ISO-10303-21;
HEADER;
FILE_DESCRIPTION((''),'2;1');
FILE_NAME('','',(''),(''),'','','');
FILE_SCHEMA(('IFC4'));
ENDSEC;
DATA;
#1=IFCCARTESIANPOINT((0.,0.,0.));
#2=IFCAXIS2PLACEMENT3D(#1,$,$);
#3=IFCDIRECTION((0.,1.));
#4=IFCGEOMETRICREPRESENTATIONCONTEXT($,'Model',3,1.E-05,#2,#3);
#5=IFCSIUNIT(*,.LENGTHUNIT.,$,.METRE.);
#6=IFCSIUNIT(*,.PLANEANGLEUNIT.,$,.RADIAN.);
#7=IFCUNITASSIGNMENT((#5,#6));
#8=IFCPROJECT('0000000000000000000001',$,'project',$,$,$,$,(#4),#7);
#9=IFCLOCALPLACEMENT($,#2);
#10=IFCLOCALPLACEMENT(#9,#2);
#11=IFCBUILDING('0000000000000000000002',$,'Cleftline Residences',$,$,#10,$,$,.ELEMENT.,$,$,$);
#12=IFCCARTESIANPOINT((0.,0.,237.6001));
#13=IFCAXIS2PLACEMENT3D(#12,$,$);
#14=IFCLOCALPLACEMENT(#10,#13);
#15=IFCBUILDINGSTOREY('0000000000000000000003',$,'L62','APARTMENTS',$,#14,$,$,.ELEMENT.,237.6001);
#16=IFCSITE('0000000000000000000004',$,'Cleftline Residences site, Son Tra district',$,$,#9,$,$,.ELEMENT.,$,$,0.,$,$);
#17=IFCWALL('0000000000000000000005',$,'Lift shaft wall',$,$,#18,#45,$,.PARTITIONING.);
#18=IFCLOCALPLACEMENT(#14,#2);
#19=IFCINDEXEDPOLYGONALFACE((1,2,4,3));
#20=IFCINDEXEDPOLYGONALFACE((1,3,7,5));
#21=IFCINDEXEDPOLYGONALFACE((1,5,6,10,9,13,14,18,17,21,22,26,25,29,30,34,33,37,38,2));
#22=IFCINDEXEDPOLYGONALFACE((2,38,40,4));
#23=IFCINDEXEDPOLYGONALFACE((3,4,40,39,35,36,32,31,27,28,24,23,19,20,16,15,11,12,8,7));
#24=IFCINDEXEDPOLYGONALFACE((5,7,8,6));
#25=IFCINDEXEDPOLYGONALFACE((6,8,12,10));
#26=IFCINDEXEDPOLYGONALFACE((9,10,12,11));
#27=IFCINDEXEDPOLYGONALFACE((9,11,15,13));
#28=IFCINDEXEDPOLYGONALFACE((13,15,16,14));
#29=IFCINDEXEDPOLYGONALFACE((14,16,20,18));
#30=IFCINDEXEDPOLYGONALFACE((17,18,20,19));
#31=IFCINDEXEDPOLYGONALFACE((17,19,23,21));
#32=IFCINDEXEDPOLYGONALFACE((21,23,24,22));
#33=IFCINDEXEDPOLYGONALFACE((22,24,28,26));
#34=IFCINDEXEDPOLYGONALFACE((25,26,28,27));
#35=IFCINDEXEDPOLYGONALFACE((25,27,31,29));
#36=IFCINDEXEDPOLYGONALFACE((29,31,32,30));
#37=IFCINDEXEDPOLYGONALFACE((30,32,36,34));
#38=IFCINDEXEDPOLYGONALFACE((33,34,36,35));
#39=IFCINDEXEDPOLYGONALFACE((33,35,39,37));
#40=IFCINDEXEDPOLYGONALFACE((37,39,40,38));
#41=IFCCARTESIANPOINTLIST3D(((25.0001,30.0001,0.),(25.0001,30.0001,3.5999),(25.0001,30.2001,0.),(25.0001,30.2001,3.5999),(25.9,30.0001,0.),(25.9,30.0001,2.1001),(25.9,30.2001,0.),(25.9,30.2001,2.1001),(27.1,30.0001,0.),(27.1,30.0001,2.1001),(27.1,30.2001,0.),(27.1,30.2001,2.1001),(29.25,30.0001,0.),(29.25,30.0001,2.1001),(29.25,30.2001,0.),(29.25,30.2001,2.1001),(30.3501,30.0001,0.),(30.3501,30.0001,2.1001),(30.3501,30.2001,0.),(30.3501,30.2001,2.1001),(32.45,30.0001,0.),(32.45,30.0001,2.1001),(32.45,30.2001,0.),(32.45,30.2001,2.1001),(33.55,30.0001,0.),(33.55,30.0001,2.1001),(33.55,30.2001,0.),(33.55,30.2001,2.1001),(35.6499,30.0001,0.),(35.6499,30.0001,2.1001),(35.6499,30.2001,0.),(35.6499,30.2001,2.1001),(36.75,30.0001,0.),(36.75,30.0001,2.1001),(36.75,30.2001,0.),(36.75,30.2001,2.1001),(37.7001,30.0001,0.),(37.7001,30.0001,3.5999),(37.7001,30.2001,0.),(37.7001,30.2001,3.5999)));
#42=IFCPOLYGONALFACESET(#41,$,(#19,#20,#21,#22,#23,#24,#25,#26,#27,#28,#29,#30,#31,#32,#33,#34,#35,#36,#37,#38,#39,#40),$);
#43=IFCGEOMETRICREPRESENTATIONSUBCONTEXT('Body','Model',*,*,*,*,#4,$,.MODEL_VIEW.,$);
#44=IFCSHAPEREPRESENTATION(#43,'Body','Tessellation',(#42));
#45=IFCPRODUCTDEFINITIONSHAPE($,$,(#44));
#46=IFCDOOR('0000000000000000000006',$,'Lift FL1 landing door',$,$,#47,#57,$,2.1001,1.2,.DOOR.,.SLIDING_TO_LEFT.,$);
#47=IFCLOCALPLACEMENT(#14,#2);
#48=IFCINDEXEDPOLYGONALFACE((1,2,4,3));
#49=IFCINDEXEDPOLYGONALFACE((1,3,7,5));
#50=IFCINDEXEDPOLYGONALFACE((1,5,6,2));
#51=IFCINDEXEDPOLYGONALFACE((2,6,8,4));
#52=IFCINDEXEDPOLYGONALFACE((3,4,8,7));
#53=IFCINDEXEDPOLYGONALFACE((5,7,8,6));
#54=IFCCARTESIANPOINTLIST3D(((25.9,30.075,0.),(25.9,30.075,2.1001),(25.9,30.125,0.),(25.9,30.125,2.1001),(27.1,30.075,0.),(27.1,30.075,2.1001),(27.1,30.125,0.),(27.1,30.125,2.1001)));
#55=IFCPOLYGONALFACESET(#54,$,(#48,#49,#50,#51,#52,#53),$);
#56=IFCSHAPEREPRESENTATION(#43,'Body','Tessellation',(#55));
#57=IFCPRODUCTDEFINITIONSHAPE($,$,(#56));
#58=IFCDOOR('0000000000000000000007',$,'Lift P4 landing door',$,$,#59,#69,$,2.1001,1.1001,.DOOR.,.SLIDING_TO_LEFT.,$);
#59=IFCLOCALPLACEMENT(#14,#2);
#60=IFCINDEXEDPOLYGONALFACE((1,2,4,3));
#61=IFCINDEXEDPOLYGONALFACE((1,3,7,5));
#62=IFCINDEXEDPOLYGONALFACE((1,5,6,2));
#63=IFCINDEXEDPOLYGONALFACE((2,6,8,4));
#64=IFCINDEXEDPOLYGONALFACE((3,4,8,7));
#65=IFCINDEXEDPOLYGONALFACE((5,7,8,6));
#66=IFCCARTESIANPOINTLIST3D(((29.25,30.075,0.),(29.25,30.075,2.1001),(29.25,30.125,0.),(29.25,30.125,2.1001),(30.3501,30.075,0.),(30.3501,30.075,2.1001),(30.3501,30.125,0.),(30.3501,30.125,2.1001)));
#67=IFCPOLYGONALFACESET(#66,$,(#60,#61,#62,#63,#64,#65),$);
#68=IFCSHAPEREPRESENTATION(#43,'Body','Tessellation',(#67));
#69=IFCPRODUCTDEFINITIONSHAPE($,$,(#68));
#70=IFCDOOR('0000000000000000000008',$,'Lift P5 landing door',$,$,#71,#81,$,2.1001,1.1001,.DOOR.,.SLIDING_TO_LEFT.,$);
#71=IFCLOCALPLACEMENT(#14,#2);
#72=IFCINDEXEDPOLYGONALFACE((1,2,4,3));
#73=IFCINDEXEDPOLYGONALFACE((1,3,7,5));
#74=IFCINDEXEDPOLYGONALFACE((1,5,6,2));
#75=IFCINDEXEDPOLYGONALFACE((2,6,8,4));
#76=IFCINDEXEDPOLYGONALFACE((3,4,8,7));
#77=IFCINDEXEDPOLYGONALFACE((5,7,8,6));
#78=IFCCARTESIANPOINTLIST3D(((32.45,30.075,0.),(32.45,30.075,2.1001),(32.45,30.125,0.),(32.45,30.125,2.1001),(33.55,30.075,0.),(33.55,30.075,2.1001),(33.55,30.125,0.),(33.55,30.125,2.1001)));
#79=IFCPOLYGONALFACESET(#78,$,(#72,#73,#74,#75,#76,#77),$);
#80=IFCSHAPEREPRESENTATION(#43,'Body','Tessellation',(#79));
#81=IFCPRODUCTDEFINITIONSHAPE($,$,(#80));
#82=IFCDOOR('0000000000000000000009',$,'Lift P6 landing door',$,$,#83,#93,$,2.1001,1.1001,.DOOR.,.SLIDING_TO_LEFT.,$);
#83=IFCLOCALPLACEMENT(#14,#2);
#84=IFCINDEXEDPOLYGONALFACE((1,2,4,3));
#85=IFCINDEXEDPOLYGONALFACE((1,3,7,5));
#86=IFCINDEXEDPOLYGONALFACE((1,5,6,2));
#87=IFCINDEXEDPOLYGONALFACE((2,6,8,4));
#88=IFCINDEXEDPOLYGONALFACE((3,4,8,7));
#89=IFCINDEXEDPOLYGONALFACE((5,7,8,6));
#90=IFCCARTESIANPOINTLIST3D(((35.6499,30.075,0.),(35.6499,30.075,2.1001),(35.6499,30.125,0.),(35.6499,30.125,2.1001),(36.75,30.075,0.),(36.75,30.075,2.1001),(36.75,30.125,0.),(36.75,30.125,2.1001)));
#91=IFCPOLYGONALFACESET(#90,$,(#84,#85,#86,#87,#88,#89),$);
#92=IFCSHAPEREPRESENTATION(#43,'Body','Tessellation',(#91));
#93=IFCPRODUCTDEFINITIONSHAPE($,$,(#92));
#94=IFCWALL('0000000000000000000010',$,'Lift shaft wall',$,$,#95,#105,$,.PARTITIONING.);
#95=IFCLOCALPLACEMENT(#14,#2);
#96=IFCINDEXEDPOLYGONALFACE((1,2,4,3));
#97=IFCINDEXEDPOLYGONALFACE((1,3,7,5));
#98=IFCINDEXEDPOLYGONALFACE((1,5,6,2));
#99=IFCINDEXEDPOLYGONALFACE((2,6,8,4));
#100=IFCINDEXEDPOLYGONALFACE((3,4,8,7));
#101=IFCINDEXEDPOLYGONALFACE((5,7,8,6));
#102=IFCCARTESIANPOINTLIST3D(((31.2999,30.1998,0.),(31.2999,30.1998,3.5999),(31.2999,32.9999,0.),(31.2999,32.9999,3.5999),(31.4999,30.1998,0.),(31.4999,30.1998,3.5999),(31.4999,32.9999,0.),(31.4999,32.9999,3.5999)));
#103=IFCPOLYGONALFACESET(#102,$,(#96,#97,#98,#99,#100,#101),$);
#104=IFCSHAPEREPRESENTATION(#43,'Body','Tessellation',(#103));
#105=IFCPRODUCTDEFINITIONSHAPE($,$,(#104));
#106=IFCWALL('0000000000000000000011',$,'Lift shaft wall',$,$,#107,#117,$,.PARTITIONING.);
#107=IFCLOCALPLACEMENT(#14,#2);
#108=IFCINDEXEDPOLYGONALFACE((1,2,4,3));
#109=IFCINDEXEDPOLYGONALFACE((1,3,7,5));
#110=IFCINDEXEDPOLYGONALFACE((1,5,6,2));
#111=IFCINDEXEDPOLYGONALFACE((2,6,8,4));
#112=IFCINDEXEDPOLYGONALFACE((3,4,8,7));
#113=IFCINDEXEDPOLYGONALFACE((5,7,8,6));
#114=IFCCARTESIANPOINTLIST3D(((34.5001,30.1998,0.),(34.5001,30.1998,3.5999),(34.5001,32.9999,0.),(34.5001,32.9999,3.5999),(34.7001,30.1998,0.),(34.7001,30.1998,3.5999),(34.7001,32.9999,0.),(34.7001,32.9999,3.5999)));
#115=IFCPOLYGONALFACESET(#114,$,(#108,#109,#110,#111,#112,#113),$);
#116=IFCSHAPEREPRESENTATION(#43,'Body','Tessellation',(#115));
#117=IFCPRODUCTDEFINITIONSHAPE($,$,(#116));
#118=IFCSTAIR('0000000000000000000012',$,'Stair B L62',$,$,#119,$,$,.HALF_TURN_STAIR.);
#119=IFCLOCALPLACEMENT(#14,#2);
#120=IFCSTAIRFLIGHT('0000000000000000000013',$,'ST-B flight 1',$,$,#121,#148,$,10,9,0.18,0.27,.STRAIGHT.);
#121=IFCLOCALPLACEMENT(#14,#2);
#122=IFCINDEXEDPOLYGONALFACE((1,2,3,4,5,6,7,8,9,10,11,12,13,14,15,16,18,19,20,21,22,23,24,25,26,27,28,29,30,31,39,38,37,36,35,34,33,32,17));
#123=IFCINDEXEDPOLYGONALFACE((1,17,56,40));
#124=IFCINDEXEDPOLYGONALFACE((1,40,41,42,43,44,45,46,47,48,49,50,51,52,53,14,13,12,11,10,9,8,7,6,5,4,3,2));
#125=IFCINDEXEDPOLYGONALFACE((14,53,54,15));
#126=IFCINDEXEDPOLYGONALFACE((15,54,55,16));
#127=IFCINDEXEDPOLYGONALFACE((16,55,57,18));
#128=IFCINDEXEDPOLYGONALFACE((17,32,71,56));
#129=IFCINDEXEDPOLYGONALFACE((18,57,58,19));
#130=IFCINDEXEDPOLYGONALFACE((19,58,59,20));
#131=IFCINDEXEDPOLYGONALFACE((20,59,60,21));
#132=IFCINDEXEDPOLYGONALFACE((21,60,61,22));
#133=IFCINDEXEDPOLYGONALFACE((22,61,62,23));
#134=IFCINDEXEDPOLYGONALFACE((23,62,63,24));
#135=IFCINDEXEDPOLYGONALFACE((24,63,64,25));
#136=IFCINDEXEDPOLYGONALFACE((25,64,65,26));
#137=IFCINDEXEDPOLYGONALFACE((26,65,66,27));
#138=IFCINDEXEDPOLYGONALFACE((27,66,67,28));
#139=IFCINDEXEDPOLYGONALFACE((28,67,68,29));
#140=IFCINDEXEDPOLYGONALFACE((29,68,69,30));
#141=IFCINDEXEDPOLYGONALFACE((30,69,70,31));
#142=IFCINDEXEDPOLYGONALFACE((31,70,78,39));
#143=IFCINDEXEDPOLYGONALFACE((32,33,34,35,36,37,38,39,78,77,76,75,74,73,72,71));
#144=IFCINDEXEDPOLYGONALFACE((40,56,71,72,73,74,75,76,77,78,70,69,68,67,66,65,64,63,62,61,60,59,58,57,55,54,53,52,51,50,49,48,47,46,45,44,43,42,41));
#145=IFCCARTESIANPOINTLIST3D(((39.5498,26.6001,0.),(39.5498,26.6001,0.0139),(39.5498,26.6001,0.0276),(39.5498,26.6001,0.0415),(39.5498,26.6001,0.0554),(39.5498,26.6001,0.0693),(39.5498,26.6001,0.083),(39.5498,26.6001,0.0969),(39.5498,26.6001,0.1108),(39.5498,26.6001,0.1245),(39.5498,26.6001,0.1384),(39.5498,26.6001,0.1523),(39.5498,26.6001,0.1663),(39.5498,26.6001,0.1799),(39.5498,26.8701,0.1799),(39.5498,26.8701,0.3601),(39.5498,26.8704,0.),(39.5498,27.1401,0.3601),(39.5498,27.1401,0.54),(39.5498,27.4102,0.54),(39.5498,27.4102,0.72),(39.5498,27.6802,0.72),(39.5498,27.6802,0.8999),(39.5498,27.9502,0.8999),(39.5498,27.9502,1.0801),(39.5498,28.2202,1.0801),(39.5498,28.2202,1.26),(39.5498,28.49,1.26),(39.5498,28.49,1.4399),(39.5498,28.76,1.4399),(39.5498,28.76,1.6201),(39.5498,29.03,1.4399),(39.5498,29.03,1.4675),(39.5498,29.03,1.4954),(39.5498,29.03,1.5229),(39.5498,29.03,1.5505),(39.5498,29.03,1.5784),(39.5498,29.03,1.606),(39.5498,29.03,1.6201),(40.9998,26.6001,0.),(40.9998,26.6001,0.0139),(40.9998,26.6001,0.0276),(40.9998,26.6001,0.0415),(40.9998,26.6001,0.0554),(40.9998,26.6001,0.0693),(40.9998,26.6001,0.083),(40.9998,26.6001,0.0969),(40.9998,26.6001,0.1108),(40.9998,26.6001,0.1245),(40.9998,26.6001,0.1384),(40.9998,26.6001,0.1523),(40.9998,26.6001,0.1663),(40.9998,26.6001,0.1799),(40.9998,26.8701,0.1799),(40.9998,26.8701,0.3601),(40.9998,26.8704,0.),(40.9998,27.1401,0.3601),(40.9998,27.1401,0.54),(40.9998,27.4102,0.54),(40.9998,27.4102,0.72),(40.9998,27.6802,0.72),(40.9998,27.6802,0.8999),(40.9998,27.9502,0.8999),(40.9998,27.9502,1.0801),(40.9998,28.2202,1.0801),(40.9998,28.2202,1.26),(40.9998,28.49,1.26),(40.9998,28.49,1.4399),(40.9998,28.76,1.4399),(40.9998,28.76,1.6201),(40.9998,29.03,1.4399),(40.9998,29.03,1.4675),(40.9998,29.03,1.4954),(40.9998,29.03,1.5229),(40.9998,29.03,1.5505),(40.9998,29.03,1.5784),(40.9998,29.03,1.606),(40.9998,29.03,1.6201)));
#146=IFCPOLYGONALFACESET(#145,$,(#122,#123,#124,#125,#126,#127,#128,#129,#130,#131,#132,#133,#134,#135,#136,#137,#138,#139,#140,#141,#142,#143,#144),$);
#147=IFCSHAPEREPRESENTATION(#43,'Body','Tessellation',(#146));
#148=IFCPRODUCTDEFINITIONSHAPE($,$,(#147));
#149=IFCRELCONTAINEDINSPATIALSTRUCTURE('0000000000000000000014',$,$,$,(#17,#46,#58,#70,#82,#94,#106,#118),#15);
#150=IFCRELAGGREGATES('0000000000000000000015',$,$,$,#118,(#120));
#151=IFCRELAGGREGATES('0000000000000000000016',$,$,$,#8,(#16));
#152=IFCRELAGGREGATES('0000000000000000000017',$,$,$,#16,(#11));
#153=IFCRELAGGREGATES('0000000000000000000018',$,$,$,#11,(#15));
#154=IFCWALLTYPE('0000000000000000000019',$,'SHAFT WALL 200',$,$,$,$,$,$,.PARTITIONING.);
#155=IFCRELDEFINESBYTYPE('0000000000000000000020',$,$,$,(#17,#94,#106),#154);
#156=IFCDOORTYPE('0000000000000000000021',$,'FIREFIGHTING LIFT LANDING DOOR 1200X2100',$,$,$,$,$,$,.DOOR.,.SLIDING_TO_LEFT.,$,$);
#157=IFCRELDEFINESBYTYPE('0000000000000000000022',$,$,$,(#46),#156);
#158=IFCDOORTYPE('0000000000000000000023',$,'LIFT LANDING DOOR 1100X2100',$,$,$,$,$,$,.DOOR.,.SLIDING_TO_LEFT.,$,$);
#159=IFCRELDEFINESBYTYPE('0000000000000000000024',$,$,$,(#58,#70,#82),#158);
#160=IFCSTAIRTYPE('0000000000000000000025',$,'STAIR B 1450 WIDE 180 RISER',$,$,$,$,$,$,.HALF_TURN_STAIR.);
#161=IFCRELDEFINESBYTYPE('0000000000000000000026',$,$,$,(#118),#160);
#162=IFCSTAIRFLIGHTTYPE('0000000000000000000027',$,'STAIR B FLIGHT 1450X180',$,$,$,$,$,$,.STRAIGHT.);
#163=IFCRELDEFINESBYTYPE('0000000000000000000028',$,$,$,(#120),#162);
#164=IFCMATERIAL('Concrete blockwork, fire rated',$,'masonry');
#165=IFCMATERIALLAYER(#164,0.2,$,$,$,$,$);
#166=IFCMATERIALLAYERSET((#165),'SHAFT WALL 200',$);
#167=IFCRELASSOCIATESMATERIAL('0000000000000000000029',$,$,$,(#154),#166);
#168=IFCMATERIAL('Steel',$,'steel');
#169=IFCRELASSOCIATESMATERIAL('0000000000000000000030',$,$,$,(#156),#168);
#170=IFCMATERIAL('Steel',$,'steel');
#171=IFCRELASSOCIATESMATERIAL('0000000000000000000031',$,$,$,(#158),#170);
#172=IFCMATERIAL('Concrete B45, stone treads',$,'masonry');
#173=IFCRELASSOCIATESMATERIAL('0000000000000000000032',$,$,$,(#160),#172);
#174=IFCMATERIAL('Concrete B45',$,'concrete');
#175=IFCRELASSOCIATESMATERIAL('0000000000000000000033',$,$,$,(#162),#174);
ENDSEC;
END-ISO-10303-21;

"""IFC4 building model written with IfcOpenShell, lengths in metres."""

from ifc_helpers import new_model, si_unit, direction, frame, frame_2d, origin, place, context, subcontext, project, spatial, polyline, rectangle, outline, extrude, material, layer, layer_set, type_object, element, fill, aggregate, save


model = new_model("IFC4")

# Units and contexts
model_context = context("Model", 3, precision=1e-05, world=origin(), true_north=direction((0.0, 1.0)))
body_context = subcontext(model_context, "Body", "Model", "MODEL_VIEW")
ifc_project = project(units=[si_unit("LENGTHUNIT", "METRE"), si_unit("PLANEANGLEUNIT", "RADIAN")], contexts=[model_context])

# Site, building, storey
site_placement = place(None, origin())
site = spatial("IfcSite", under=ifc_project, at=site_placement, Name="Cleftline Residences site, Son Tra district", CompositionType="ELEMENT", RefElevation=0.0)
building_placement = place(site_placement, origin())
building = spatial("IfcBuilding", under=site, at=building_placement, Name="Cleftline Residences", CompositionType="ELEMENT")
storey_placement = place(building_placement, frame((0.0, 0.0, 237.6001)))
storey = spatial("IfcBuildingStorey", under=building, at=storey_placement, Name="L62", Description="APARTMENTS", CompositionType="ELEMENT", Elevation=237.6001)

# Wall, openings, doors
ifc_material_1 = material(Name="Concrete blockwork, fire rated", Category="masonry")
ifc_layer_1 = layer(ifc_material_1, 0.2)
ifc_layer_set_1 = layer_set([ifc_layer_1], Name="SHAFT WALL 200")
wall_type_1 = type_object("IfcWallType", Name="SHAFT WALL 200", PredefinedType="PARTITIONING", material=ifc_layer_set_1)
wall_1_placement = place(storey_placement, frame((25.0, 30.1001, 0.0), z_axis=(0.0, 0.0, 1.0), x_axis=(1.0, 0.0, 0.0)))
wall_1 = element("IfcWall", 1, at=wall_1_placement, inside=storey, type_object=wall_type_1, Name="Lift shaft wall", PredefinedType="PARTITIONING", context=body_context, shape_type="SweptSolid", body=[
    extrude(rectangle(XDim=12.7, YDim=0.2, at=frame_2d((6.3501, 0.0))), origin(), (0.0, 0.0, 1.0), 3.5999),
])
opening_1_placement = place(wall_1_placement, frame((4.25, 0.0, 0.0)))
opening_1 = element("IfcOpeningElement", 2, at=opening_1_placement, cuts=wall_1, PredefinedType="OPENING", context=body_context, shape_type="SweptSolid", body=[
    extrude(rectangle(XDim=1.1001, YDim=2.1001, at=frame_2d((0.55, 1.05))), frame((0.0, 0.1099, 0.0), z_axis=(0.0, -1.0, 0.0), x_axis=(1.0, 0.0, 0.0)), (0.0, 0.0, 1.0), 0.22),
])
opening_2_placement = place(wall_1_placement, frame((7.45, 0.0, 0.0)))
opening_2 = element("IfcOpeningElement", 3, at=opening_2_placement, cuts=wall_1, PredefinedType="OPENING", context=body_context, shape_type="SweptSolid", body=[
    extrude(rectangle(XDim=1.1001, YDim=2.1001, at=frame_2d((0.55, 1.05))), frame((0.0, 0.1099, 0.0), z_axis=(0.0, -1.0, 0.0), x_axis=(1.0, 0.0, 0.0)), (0.0, 0.0, 1.0), 0.22),
])
opening_3_placement = place(wall_1_placement, frame((10.6499, 0.0, 0.0)))
opening_3 = element("IfcOpeningElement", 4, at=opening_3_placement, cuts=wall_1, PredefinedType="OPENING", context=body_context, shape_type="SweptSolid", body=[
    extrude(rectangle(XDim=1.1001, YDim=2.1001, at=frame_2d((0.55, 1.05))), frame((0.0, 0.1099, 0.0), z_axis=(0.0, -1.0, 0.0), x_axis=(1.0, 0.0, 0.0)), (0.0, 0.0, 1.0), 0.22),
])
opening_4_placement = place(wall_1_placement, frame((0.8999, 0.0, 0.0)))
opening_4 = element("IfcOpeningElement", 5, at=opening_4_placement, cuts=wall_1, PredefinedType="OPENING", context=body_context, shape_type="SweptSolid", body=[
    extrude(rectangle(XDim=1.2, YDim=2.1001, at=frame_2d((0.6001, 1.05))), frame((0.0, 0.1099, 0.0), z_axis=(0.0, -1.0, 0.0), x_axis=(1.0, 0.0, 0.0)), (0.0, 0.0, 1.0), 0.22),
])
ifc_material_2 = material(Name="Steel", Category="steel")
door_type_1 = type_object("IfcDoorType", Name="FIREFIGHTING LIFT LANDING DOOR 1200X2100", OperationType="SLIDING_TO_LEFT", PredefinedType="DOOR", material=ifc_material_2)
door_1_placement = place(opening_4_placement, origin())
door_1 = element("IfcDoor", 6, at=door_1_placement, inside=storey, type_object=door_type_1, Name="Lift FL1 landing door", OperationType="SLIDING_TO_LEFT", OverallHeight=2.1001, OverallWidth=1.2, PredefinedType="DOOR", context=body_context, shape_type="SweptSolid", body=[
    extrude(rectangle(XDim=1.2, YDim=2.1001, at=frame_2d((0.6001, 1.05))), frame((0.0, 0.0249, 0.0), z_axis=(0.0, -1.0, 0.0), x_axis=(1.0, 0.0, 0.0)), (0.0, 0.0, 1.0), 0.05),
])
fill(opening_4, door_1)
ifc_material_3 = material(Name="Steel", Category="steel")
door_type_2 = type_object("IfcDoorType", Name="LIFT LANDING DOOR 1100X2100", OperationType="SLIDING_TO_LEFT", PredefinedType="DOOR", material=ifc_material_3)
door_2_placement = place(opening_1_placement, origin())
door_2 = element("IfcDoor", 7, at=door_2_placement, inside=storey, type_object=door_type_2, Name="Lift P4 landing door", OperationType="SLIDING_TO_LEFT", OverallHeight=2.1001, OverallWidth=1.1001, PredefinedType="DOOR", context=body_context, shape_type="SweptSolid", body=[
    extrude(rectangle(XDim=1.1001, YDim=2.1001, at=frame_2d((0.55, 1.05))), frame((0.0, 0.0249, 0.0), z_axis=(0.0, -1.0, 0.0), x_axis=(1.0, 0.0, 0.0)), (0.0, 0.0, 1.0), 0.05),
])
fill(opening_1, door_2)
door_3_placement = place(opening_2_placement, origin())
door_3 = element("IfcDoor", 8, at=door_3_placement, inside=storey, type_object=door_type_2, Name="Lift P5 landing door", OperationType="SLIDING_TO_LEFT", OverallHeight=2.1001, OverallWidth=1.1001, PredefinedType="DOOR", context=body_context, shape_type="SweptSolid", body=[
    extrude(rectangle(XDim=1.1001, YDim=2.1001, at=frame_2d((0.55, 1.05))), frame((0.0, 0.0249, 0.0), z_axis=(0.0, -1.0, 0.0), x_axis=(1.0, 0.0, 0.0)), (0.0, 0.0, 1.0), 0.05),
])
fill(opening_2, door_3)
door_4_placement = place(opening_3_placement, origin())
door_4 = element("IfcDoor", 9, at=door_4_placement, inside=storey, type_object=door_type_2, Name="Lift P6 landing door", OperationType="SLIDING_TO_LEFT", OverallHeight=2.1001, OverallWidth=1.1001, PredefinedType="DOOR", context=body_context, shape_type="SweptSolid", body=[
    extrude(rectangle(XDim=1.1001, YDim=2.1001, at=frame_2d((0.55, 1.05))), frame((0.0, 0.0249, 0.0), z_axis=(0.0, -1.0, 0.0), x_axis=(1.0, 0.0, 0.0)), (0.0, 0.0, 1.0), 0.05),
])
fill(opening_3, door_4)

# Walls
for number, where, z_axis, x_axis, name in (
    (10, (31.3999, 30.2, 0.0), (0.0, 0.0, 1.0), (0.0, 1.0, 0.0), "Lift shaft wall"),
    (11, (34.6001, 30.2, 0.0), (0.0, 0.0, 1.0), (0.0, 1.0, 0.0), "Lift shaft wall"),
):
    element("IfcWall", number, at=place(storey_placement, frame(where, z_axis=z_axis, x_axis=x_axis)), inside=storey, type_object=wall_type_1, Name=name, PredefinedType="PARTITIONING", context=body_context, shape_type="SweptSolid", body=[
        extrude(rectangle(XDim=2.8, YDim=0.2, at=frame_2d((1.3999, 0.0))), origin(), (0.0, 0.0, 1.0), 3.5999),
    ])

# Stair, stair flight
ifc_material_4 = material(Name="Concrete B45, stone treads", Category="masonry")
stair_type = type_object("IfcStairType", Name="STAIR B 1450 WIDE 180 RISER", PredefinedType="HALF_TURN_STAIR", material=ifc_material_4)
stair_placement = place(storey_placement, origin())
stair = element("IfcStair", 12, at=stair_placement, inside=storey, type_object=stair_type, Name="Stair B L62", PredefinedType="HALF_TURN_STAIR")
ifc_material_5 = material(Name="Concrete B45", Category="concrete")
stair_flight_type = type_object("IfcStairFlightType", Name="STAIR B FLIGHT 1450X180", PredefinedType="STRAIGHT", material=ifc_material_5)
stair_flight_1_placement = place(storey_placement, frame((40.2749, 26.6001, 0.0), z_axis=(0.0, 0.0, 1.0), x_axis=(0.0, 1.0, 0.0)))
stair_flight_1 = element("IfcStairFlight", 13, at=stair_flight_1_placement, type_object=stair_flight_type, Name="ST-B flight 1", NumberOfRisers=10, NumberOfTreads=9, PredefinedType="STRAIGHT", RiserHeight=0.18, TreadLength=0.27, context=body_context, shape_type="SweptSolid", body=[
    extrude(outline(polyline([(0.0, 0.0), (0.0, 0.0139), (0.0, 0.0276), (0.0, 0.0415), (0.0, 0.0554), (0.0, 0.0693), (0.0, 0.083), (0.0, 0.0969), (0.0, 0.1108), (0.0, 0.1245), (0.0, 0.1384), (0.0, 0.1523), (0.0, 0.1663), (0.0, 0.1799), (0.27, 0.1799), (0.27, 0.3601), (0.54, 0.3601), (0.54, 0.54), (0.8101, 0.54), (0.8101, 0.72), (1.0801, 0.72), (1.0801, 0.8999), (1.3501, 0.8999), (1.3501, 1.0801), (1.6201, 1.0801), (1.6201, 1.26), (1.8899, 1.26), (1.8899, 1.4399), (2.1599, 1.4399), (2.1599, 1.6201), (2.4299, 1.6201), (2.4299, 1.8), (2.4299, 1.7722), (2.4299, 1.7446), (2.4299, 1.7168), (2.4299, 1.6892), (2.4299, 1.6614), (2.4299, 1.6338), (2.4299, 1.606), (2.4299, 1.5784), (2.4299, 1.5505), (2.4299, 1.5229), (2.4299, 1.4954), (2.4299, 1.4675), (2.4299, 1.4399), (0.2703, 0.0), (0.0, 0.0)])), frame((0.0, 0.7251, 0.0), z_axis=(0.0, -1.0, 0.0), x_axis=(1.0, 0.0, 0.0)), (0.0, 0.0, 1.0), 1.45),
])
aggregate(stair, [stair_flight_1])

save(model, "model.ifc")
